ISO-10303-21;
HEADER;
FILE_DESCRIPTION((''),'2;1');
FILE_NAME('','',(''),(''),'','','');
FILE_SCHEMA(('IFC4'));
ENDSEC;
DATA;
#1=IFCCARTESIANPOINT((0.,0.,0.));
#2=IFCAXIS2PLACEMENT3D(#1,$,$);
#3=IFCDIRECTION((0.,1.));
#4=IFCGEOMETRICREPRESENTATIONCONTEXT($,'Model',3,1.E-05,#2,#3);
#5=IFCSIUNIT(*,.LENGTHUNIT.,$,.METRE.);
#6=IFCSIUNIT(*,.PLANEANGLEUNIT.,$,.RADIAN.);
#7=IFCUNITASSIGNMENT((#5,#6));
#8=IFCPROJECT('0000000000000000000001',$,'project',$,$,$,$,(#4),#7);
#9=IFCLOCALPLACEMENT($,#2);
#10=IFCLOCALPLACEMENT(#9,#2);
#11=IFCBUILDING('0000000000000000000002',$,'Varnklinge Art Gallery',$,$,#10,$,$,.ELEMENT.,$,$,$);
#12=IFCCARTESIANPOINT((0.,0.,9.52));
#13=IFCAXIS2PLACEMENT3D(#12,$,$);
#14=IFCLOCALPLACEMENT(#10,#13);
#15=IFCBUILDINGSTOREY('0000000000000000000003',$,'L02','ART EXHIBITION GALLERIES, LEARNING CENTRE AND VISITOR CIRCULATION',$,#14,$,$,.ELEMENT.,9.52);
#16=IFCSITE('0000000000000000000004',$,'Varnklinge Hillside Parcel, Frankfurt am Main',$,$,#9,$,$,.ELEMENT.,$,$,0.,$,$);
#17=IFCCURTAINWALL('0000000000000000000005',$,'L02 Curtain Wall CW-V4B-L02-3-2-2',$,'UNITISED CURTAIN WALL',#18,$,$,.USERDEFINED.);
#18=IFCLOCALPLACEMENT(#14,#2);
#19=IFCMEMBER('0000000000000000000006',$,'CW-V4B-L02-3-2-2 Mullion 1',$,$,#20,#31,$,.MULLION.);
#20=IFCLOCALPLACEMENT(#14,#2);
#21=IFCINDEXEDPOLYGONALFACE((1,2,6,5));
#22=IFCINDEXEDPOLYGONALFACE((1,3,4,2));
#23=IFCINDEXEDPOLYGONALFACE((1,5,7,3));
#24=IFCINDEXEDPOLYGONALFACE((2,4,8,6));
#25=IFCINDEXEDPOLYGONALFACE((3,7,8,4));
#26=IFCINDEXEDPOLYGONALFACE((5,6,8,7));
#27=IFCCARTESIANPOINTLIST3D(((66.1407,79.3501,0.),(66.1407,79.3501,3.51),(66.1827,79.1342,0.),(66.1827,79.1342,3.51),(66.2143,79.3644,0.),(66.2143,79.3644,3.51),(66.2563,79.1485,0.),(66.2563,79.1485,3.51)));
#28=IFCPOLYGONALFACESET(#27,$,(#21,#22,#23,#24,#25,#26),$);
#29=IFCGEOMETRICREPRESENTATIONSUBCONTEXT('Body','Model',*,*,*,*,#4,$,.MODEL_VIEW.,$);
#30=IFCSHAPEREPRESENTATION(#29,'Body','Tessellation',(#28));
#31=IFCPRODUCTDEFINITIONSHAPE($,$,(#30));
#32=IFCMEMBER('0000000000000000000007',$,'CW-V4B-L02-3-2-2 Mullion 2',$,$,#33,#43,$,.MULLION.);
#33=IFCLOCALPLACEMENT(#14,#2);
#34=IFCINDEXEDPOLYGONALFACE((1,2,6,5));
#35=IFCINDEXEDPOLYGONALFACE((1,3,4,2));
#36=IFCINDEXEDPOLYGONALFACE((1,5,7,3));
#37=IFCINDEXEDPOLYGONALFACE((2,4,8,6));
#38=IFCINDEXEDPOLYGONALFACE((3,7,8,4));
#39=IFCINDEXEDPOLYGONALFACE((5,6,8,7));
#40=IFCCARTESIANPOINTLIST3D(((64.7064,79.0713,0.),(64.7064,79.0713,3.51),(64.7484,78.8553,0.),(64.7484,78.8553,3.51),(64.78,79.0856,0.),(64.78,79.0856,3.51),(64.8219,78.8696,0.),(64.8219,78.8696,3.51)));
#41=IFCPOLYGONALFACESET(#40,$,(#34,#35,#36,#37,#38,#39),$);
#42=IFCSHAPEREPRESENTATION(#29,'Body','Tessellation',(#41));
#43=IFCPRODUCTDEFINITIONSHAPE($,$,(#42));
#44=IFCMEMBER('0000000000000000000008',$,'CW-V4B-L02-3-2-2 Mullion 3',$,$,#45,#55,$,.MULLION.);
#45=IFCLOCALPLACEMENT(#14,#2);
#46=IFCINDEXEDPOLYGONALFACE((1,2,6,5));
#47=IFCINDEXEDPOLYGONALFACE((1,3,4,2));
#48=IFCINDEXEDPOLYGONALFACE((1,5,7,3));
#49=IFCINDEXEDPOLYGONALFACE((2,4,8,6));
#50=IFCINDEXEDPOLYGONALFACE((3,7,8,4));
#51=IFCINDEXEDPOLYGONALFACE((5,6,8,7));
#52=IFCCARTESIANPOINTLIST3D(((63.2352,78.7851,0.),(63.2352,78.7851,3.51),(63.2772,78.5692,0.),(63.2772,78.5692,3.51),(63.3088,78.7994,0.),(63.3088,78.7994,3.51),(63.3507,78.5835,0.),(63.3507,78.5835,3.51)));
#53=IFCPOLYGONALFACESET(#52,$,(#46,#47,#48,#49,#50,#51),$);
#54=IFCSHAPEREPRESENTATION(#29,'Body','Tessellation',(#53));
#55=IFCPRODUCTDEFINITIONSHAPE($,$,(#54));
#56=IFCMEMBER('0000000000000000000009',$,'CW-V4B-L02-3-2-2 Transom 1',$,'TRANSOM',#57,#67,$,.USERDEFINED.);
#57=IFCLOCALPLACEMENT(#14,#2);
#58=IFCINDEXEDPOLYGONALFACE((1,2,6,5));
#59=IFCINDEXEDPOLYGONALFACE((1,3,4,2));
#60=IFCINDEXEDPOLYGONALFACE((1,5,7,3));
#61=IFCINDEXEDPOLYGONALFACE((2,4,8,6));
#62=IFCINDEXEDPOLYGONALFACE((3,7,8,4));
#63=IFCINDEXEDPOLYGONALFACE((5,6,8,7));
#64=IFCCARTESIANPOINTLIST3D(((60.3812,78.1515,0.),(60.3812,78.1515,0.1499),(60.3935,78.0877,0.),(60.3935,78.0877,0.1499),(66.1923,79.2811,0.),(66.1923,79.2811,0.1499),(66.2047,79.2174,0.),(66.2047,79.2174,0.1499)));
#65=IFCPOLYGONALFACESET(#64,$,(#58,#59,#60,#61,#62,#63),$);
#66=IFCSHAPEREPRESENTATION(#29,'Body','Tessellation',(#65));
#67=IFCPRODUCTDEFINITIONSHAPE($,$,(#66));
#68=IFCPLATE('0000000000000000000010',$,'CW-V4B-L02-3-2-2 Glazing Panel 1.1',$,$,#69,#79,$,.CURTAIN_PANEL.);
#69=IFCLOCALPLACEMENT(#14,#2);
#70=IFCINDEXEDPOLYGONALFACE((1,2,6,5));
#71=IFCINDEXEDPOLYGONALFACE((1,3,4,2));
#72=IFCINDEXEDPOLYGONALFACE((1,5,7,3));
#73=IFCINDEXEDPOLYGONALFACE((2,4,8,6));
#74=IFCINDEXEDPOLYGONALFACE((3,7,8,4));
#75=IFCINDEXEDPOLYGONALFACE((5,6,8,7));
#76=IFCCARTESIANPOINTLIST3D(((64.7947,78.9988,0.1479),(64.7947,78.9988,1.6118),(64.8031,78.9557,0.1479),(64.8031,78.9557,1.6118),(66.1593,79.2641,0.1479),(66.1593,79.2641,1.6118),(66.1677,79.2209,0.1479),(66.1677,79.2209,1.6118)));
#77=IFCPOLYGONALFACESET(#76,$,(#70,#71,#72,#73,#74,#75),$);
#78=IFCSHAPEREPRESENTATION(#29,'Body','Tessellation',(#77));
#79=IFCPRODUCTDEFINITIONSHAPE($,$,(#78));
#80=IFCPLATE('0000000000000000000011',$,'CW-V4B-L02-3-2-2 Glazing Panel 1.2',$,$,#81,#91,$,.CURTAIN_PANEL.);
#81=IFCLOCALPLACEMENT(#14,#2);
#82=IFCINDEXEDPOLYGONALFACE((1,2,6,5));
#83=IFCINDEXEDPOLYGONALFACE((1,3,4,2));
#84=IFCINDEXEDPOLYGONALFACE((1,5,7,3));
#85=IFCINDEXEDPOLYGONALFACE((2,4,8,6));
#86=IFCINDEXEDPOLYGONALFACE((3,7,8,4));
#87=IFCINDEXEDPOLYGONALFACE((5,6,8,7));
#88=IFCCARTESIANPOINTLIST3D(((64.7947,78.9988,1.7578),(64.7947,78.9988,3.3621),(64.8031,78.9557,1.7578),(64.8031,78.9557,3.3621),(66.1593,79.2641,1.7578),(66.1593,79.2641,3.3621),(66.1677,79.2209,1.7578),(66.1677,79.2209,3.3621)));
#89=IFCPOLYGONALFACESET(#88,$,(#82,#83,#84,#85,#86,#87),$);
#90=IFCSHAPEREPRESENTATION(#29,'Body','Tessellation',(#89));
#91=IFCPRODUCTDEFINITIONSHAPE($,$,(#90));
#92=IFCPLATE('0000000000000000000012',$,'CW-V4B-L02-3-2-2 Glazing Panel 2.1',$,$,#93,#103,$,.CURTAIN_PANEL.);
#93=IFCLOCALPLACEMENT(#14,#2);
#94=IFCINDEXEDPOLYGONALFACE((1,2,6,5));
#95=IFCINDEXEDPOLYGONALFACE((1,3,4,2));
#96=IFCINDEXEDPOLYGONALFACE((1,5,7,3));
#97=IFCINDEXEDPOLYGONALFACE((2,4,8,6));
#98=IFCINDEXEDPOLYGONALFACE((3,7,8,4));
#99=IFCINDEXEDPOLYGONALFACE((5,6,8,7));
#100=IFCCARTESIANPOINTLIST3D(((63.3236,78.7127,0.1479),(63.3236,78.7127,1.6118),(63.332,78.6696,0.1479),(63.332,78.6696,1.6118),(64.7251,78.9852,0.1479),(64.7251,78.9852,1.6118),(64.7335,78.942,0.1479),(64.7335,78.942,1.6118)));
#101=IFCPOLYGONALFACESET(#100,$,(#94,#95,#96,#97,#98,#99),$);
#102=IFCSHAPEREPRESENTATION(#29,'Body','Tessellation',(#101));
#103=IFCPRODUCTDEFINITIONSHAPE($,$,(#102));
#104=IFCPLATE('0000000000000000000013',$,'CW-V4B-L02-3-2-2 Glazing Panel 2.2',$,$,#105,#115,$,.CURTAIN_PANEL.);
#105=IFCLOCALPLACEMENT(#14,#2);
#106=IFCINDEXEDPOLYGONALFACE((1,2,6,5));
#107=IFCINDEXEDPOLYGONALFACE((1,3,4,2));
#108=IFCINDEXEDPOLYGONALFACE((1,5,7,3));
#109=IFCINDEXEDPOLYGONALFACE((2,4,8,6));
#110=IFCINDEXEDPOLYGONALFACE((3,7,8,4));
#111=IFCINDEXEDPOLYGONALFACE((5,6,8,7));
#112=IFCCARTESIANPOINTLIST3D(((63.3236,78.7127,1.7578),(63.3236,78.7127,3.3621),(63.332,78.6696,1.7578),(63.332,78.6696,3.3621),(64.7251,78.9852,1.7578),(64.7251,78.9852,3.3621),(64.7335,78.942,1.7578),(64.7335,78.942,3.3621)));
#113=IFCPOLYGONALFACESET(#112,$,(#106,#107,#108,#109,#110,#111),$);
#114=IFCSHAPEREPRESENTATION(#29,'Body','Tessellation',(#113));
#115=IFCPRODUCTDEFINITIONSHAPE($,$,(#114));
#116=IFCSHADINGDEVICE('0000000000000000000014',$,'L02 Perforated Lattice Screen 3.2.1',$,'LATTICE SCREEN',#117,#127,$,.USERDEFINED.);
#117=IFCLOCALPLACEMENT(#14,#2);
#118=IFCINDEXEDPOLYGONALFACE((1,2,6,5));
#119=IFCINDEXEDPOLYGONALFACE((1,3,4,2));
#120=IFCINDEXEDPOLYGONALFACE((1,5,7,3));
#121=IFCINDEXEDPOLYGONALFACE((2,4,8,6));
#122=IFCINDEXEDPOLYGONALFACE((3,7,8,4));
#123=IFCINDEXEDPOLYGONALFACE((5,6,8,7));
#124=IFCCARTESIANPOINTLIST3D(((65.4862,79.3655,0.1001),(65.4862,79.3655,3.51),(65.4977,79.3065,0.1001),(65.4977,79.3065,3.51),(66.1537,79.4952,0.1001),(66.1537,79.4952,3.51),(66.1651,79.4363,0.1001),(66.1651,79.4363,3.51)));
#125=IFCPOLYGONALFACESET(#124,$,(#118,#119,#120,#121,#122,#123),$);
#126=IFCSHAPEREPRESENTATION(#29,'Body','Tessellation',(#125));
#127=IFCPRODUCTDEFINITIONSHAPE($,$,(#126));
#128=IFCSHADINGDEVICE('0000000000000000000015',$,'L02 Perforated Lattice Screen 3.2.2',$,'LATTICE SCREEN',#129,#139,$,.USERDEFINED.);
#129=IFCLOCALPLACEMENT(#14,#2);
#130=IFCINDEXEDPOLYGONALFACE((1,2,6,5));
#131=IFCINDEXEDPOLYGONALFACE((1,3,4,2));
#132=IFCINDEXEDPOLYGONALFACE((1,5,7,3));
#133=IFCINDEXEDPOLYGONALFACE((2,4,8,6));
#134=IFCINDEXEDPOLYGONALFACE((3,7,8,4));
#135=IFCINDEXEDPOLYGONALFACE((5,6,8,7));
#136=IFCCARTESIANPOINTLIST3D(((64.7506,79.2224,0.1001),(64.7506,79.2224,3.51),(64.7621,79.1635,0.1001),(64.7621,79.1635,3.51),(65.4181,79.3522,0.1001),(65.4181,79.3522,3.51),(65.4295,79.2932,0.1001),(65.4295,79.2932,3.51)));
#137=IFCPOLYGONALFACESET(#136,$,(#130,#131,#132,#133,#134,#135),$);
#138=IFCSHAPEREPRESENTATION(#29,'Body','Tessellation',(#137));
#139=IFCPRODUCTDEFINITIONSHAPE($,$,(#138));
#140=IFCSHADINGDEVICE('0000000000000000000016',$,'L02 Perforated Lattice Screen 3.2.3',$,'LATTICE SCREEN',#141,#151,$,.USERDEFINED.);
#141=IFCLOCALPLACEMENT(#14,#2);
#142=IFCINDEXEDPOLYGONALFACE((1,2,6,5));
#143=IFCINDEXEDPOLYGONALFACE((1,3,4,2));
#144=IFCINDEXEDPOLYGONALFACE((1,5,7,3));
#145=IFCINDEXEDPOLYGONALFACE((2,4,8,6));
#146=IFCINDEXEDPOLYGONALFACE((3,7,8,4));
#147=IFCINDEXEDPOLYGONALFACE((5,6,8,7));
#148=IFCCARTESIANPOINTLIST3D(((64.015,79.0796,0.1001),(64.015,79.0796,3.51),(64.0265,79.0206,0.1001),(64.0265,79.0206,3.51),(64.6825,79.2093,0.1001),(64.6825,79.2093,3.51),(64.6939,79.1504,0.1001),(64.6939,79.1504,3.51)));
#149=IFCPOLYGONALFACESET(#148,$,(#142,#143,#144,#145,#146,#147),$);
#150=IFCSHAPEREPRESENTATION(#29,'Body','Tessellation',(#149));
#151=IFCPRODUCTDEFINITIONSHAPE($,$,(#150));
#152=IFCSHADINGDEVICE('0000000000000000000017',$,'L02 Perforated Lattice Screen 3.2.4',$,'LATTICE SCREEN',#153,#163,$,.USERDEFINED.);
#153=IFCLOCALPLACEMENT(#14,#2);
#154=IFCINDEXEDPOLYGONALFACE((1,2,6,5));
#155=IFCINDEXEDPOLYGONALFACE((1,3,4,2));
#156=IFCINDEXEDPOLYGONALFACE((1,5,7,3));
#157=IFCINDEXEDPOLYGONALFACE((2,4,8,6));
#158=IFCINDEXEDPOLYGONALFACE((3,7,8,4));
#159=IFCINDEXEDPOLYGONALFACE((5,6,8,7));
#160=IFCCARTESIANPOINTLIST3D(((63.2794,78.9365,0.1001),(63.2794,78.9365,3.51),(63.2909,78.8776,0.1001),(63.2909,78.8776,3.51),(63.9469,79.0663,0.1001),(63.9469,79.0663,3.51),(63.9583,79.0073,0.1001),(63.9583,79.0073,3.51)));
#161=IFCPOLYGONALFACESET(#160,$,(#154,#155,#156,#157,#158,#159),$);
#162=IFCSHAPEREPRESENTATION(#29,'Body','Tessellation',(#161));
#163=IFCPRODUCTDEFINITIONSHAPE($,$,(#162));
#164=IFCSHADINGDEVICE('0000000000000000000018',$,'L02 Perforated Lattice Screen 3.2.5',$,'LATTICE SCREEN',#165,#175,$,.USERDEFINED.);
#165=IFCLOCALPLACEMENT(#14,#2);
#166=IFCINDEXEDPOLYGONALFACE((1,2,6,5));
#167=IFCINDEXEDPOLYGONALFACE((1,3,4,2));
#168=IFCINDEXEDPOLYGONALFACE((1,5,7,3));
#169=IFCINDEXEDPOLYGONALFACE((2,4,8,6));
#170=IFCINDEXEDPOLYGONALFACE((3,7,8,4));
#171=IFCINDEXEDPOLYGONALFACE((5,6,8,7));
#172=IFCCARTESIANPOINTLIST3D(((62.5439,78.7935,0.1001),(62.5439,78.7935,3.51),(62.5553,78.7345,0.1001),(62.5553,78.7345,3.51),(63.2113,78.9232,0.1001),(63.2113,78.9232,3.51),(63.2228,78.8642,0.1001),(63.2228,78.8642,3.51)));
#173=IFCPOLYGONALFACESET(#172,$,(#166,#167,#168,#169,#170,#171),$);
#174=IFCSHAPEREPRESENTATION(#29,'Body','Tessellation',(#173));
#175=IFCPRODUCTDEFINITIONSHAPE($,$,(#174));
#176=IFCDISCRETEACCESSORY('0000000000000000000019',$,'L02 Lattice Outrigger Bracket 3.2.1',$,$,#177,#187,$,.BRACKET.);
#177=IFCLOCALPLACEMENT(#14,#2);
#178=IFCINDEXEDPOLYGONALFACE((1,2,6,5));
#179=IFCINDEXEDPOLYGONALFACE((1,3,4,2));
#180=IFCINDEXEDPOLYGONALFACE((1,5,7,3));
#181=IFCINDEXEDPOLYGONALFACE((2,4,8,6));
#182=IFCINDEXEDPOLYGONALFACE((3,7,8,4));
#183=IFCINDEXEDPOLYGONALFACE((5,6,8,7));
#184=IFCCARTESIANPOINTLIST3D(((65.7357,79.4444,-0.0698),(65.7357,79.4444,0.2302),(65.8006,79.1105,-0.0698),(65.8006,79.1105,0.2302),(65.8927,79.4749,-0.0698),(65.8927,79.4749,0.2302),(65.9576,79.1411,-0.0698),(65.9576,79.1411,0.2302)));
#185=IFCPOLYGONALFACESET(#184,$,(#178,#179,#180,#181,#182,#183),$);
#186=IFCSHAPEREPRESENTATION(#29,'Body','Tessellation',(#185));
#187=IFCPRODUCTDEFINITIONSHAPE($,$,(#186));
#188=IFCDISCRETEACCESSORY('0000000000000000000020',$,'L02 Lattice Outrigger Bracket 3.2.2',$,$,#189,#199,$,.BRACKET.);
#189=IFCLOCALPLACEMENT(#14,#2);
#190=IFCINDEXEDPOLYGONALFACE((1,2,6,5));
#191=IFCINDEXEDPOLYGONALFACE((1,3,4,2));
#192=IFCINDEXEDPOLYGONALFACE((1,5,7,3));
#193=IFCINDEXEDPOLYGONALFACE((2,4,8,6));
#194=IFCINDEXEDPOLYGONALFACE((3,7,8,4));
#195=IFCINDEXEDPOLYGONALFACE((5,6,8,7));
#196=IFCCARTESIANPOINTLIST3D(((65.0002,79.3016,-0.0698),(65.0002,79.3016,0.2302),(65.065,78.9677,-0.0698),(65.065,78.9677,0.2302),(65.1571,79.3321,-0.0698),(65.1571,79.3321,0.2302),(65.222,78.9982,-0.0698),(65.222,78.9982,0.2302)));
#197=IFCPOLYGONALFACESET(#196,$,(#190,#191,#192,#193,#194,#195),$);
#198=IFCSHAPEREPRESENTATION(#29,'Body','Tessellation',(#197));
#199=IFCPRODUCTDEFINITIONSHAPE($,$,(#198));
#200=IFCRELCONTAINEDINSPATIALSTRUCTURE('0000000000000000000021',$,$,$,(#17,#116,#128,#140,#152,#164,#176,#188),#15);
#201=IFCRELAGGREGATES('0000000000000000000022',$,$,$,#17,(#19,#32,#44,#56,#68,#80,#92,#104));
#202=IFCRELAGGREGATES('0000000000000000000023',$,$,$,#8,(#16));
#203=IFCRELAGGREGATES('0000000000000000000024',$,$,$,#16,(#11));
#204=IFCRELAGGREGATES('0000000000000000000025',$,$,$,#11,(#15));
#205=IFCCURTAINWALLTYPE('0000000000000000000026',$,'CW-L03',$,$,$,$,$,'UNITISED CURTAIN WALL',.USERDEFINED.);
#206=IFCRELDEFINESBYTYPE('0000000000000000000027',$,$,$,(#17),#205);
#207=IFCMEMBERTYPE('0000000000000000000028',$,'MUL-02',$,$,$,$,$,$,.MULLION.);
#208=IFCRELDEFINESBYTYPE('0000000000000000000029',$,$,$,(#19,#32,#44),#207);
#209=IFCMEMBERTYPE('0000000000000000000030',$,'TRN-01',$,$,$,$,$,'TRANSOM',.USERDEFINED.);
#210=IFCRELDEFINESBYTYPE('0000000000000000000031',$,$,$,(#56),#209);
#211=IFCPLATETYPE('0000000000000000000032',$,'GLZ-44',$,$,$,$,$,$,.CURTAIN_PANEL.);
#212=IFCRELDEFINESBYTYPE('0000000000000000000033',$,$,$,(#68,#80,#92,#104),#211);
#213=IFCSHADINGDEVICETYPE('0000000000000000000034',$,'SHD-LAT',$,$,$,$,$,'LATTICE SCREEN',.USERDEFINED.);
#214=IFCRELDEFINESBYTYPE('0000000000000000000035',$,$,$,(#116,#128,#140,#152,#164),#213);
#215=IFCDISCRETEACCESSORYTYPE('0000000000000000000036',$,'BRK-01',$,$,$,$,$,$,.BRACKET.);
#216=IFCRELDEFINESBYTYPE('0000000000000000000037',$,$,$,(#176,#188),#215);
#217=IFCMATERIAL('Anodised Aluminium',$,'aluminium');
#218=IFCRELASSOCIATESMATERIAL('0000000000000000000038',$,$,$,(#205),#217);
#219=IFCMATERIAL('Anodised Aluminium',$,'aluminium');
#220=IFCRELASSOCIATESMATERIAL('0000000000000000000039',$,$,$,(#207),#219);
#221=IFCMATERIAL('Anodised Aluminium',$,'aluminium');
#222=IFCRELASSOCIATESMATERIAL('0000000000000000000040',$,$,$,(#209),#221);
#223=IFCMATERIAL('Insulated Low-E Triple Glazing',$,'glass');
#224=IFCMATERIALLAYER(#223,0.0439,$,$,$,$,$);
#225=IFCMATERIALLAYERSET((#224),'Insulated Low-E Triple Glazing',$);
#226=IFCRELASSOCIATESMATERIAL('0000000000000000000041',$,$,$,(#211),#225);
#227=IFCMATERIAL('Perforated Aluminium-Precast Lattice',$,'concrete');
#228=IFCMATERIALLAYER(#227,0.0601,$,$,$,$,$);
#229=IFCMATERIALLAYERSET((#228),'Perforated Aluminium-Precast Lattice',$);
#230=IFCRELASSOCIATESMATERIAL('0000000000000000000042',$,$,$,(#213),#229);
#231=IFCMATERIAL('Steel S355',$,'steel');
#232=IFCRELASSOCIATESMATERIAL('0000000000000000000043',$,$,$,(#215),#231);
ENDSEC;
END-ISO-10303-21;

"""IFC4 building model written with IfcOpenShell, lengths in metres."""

from ifc_helpers import new_model, si_unit, direction, frame, origin, origin_2d, place, context, subcontext, project, spatial, rectangle, extrude, material, layer, layer_set, material_profile, profile_set, type_object, element, aggregate, save


model = new_model("IFC4")

# Units and contexts
model_context = context("Model", 3, precision=1e-05, world=origin(), true_north=direction((0.0, 1.0)))
body_context = subcontext(model_context, "Body", "Model", "MODEL_VIEW")
ifc_project = project(units=[si_unit("LENGTHUNIT", "METRE"), si_unit("PLANEANGLEUNIT", "RADIAN")], contexts=[model_context])

# Site, building, storey
site_placement = place(None, origin())
site = spatial("IfcSite", under=ifc_project, at=site_placement, Name="Varnklinge Hillside Parcel, Frankfurt am Main", CompositionType="ELEMENT", RefElevation=0.0)
building_placement = place(site_placement, origin())
building = spatial("IfcBuilding", under=site, at=building_placement, Name="Varnklinge Art Gallery", CompositionType="ELEMENT")
storey_placement = place(building_placement, frame((0.0, 0.0, 9.52)))
storey = spatial("IfcBuildingStorey", under=building, at=storey_placement, Name="L02", Description="ART EXHIBITION GALLERIES, LEARNING CENTRE AND VISITOR CIRCULATION", CompositionType="ELEMENT", Elevation=9.52)

# Curtain wall, members, plates
ifc_material_1 = material(Name="Anodised Aluminium", Category="aluminium")
curtain_wall_type = type_object("IfcCurtainWallType", Name="CW-L03", ElementType="UNITISED CURTAIN WALL", PredefinedType="USERDEFINED", material=ifc_material_1)
curtain_wall_placement = place(storey_placement, origin())
curtain_wall = element("IfcCurtainWall", 1, at=curtain_wall_placement, inside=storey, type_object=curtain_wall_type, Name="L02 Curtain Wall CW-V4B-L02-3-2-2", ObjectType="UNITISED CURTAIN WALL", PredefinedType="USERDEFINED")
ifc_material_2 = material(Name="Anodised Aluminium", Category="aluminium")
ifc_material_profile_1 = material_profile(ifc_material_2, rectangle(XDim=0.075, YDim=0.22, at=origin_2d()), Name="ALU 75x220")
ifc_profile_set_1 = profile_set([ifc_material_profile_1], Name="Anodised Aluminium")
member_type_1 = type_object("IfcMemberType", Name="MUL-02", PredefinedType="MULLION", material=ifc_profile_set_1)
member_1_placement = place(storey_placement, frame((66.1985, 79.2493, 0.0), z_axis=(0.0, 0.0, 1.0), x_axis=(-0.981627, -0.190809, 0.0)))
member_1 = element("IfcMember", 2, at=member_1_placement, type_object=member_type_1, Name="CW-V4B-L02-3-2-2 Mullion 1", PredefinedType="MULLION", context=body_context, shape_type="SweptSolid", body=[
    extrude(rectangle(XDim=0.075, YDim=0.22, at=origin_2d()), origin(), (0.0, 0.0, 1.0), 3.51),
])
member_2_placement = place(storey_placement, frame((64.7642, 78.9705, 0.0), z_axis=(0.0, 0.0, 1.0), x_axis=(-0.981627, -0.190809, 0.0)))
member_2 = element("IfcMember", 3, at=member_2_placement, type_object=member_type_1, Name="CW-V4B-L02-3-2-2 Mullion 2", PredefinedType="MULLION", context=body_context, shape_type="SweptSolid", body=[
    extrude(rectangle(XDim=0.075, YDim=0.22, at=origin_2d()), origin(), (0.0, 0.0, 1.0), 3.51),
])
member_3_placement = place(storey_placement, frame((63.293, 78.6843, 0.0), z_axis=(0.0, 0.0, 1.0), x_axis=(-0.981627, -0.190809, 0.0)))
member_3 = element("IfcMember", 4, at=member_3_placement, type_object=member_type_1, Name="CW-V4B-L02-3-2-2 Mullion 3", PredefinedType="MULLION", context=body_context, shape_type="SweptSolid", body=[
    extrude(rectangle(XDim=0.075, YDim=0.22, at=origin_2d()), origin(), (0.0, 0.0, 1.0), 3.51),
])
ifc_material_3 = material(Name="Anodised Aluminium", Category="aluminium")
ifc_material_profile_2 = material_profile(ifc_material_3, rectangle(XDim=0.0649, YDim=0.1499, at=origin_2d()), Name="ALU 65x150")
ifc_profile_set_2 = profile_set([ifc_material_profile_2], Name="Anodised Aluminium")
member_type_2 = type_object("IfcMemberType", Name="TRN-01", ElementType="TRANSOM", PredefinedType="USERDEFINED", material=ifc_profile_set_2)
member_4_placement = place(storey_placement, frame((66.1985, 79.2493, 0.075), z_axis=(-0.981624, -0.190823, 0.0), x_axis=(0.190823, -0.981624, 0.0)))
member_4 = element("IfcMember", 5, at=member_4_placement, type_object=member_type_2, Name="CW-V4B-L02-3-2-2 Transom 1", ObjectType="TRANSOM", PredefinedType="USERDEFINED", context=body_context, shape_type="SweptSolid", body=[
    extrude(rectangle(XDim=0.0649, YDim=0.1499, at=origin_2d()), origin(), (0.0, 0.0, 1.0), 5.9199),
])
ifc_material_4 = material(Name="Insulated Low-E Triple Glazing", Category="glass")
ifc_layer_1 = layer(ifc_material_4, 0.0439)
ifc_layer_set_1 = layer_set([ifc_layer_1], Name="Insulated Low-E Triple Glazing")
plate_type = type_object("IfcPlateType", Name="GLZ-44", PredefinedType="CURTAIN_PANEL", material=ifc_layer_set_1)
plate_1_placement = place(storey_placement, frame((65.4812, 79.1099, 0.1479), z_axis=(0.0, 0.0, 1.0), x_axis=(-0.981627, -0.190809, 0.0)))
plate_1 = element("IfcPlate", 6, at=plate_1_placement, type_object=plate_type, Name="CW-V4B-L02-3-2-2 Glazing Panel 1.1", PredefinedType="CURTAIN_PANEL", context=body_context, shape_type="SweptSolid", body=[
    extrude(rectangle(XDim=1.3901, YDim=0.0439, at=origin_2d()), origin(), (0.0, 0.0, 1.0), 1.4639),
])
plate_2_placement = place(storey_placement, frame((65.4812, 79.1099, 1.7578), z_axis=(0.0, 0.0, 1.0), x_axis=(-0.981627, -0.190809, 0.0)))
plate_2 = element("IfcPlate", 7, at=plate_2_placement, type_object=plate_type, Name="CW-V4B-L02-3-2-2 Glazing Panel 1.2", PredefinedType="CURTAIN_PANEL", context=body_context, shape_type="SweptSolid", body=[
    extrude(rectangle(XDim=1.3901, YDim=0.0439, at=origin_2d()), origin(), (0.0, 0.0, 1.0), 1.6042),
])
plate_3_placement = place(storey_placement, frame((64.0286, 78.8274, 0.1479), z_axis=(0.0, 0.0, 1.0), x_axis=(-0.981627, -0.190809, 0.0)))
plate_3 = element("IfcPlate", 8, at=plate_3_placement, type_object=plate_type, Name="CW-V4B-L02-3-2-2 Glazing Panel 2.1", PredefinedType="CURTAIN_PANEL", context=body_context, shape_type="SweptSolid", body=[
    extrude(rectangle(XDim=1.4277, YDim=0.0439, at=origin_2d()), origin(), (0.0, 0.0, 1.0), 1.4639),
])
plate_4_placement = place(storey_placement, frame((64.0286, 78.8274, 1.7578), z_axis=(0.0, 0.0, 1.0), x_axis=(-0.981627, -0.190809, 0.0)))
plate_4 = element("IfcPlate", 9, at=plate_4_placement, type_object=plate_type, Name="CW-V4B-L02-3-2-2 Glazing Panel 2.2", PredefinedType="CURTAIN_PANEL", context=body_context, shape_type="SweptSolid", body=[
    extrude(rectangle(XDim=1.4277, YDim=0.0439, at=origin_2d()), origin(), (0.0, 0.0, 1.0), 1.6042),
])
aggregate(curtain_wall, [member_1, member_2, member_3, member_4, plate_1, plate_2, plate_3, plate_4])

# Shading devices
ifc_material_5 = material(Name="Perforated Aluminium-Precast Lattice", Category="concrete")
ifc_layer_2 = layer(ifc_material_5, 0.0601)
ifc_layer_set_2 = layer_set([ifc_layer_2], Name="Perforated Aluminium-Precast Lattice")
shading_device_type = type_object("IfcShadingDeviceType", Name="SHD-LAT", ElementType="LATTICE SCREEN", PredefinedType="USERDEFINED", material=ifc_layer_set_2)
for number, where, z_axis, x_axis, name in (
    (10, (65.8257, 79.4009, 0.1001), (0.0, 0.0, 1.0), (-0.981627, -0.190809, 0.0), "L02 Perforated Lattice Screen 3.2.1"),
    (11, (65.0901, 79.2578, 0.1001), (0.0, 0.0, 1.0), (-0.981627, -0.190809, 0.0), "L02 Perforated Lattice Screen 3.2.2"),
    (12, (64.3545, 79.115, 0.1001), (0.0, 0.0, 1.0), (-0.981627, -0.190809, 0.0), "L02 Perforated Lattice Screen 3.2.3"),
    (13, (63.6189, 78.9719, 0.1001), (0.0, 0.0, 1.0), (-0.981627, -0.190809, 0.0), "L02 Perforated Lattice Screen 3.2.4"),
    (14, (62.8833, 78.8289, 0.1001), (0.0, 0.0, 1.0), (-0.981627, -0.190809, 0.0), "L02 Perforated Lattice Screen 3.2.5"),
):
    element("IfcShadingDevice", number, at=place(storey_placement, frame(where, z_axis=z_axis, x_axis=x_axis)), inside=storey, type_object=shading_device_type, Name=name, ObjectType="LATTICE SCREEN", PredefinedType="USERDEFINED", context=body_context, shape_type="SweptSolid", body=[
        extrude(rectangle(XDim=0.6799, YDim=0.0601, at=origin_2d()), origin(), (0.0, 0.0, 1.0), 3.4099),
    ])

# Discrete accessories
ifc_material_6 = material(Name="Steel S355", Category="steel")
discrete_accessory_type = type_object("IfcDiscreteAccessoryType", Name="BRK-01", PredefinedType="BRACKET", material=ifc_material_6)
for number, where, z_axis, x_axis, name in (
    (15, (65.8467, 79.2927, -0.0698), (0.0, 0.0, 1.0), (-0.981627, -0.190809, 0.0), "L02 Lattice Outrigger Bracket 3.2.1"),
    (16, (65.1111, 79.1499, -0.0698), (0.0, 0.0, 1.0), (-0.981627, -0.190809, 0.0), "L02 Lattice Outrigger Bracket 3.2.2"),
):
    element("IfcDiscreteAccessory", number, at=place(storey_placement, frame(where, z_axis=z_axis, x_axis=x_axis)), inside=storey, type_object=discrete_accessory_type, Name=name, PredefinedType="BRACKET", context=body_context, shape_type="SweptSolid", body=[
        extrude(rectangle(XDim=0.1599, YDim=0.3401, at=origin_2d()), origin(), (0.0, 0.0, 1.0), 0.3),
    ])

save(model, "model.ifc")
